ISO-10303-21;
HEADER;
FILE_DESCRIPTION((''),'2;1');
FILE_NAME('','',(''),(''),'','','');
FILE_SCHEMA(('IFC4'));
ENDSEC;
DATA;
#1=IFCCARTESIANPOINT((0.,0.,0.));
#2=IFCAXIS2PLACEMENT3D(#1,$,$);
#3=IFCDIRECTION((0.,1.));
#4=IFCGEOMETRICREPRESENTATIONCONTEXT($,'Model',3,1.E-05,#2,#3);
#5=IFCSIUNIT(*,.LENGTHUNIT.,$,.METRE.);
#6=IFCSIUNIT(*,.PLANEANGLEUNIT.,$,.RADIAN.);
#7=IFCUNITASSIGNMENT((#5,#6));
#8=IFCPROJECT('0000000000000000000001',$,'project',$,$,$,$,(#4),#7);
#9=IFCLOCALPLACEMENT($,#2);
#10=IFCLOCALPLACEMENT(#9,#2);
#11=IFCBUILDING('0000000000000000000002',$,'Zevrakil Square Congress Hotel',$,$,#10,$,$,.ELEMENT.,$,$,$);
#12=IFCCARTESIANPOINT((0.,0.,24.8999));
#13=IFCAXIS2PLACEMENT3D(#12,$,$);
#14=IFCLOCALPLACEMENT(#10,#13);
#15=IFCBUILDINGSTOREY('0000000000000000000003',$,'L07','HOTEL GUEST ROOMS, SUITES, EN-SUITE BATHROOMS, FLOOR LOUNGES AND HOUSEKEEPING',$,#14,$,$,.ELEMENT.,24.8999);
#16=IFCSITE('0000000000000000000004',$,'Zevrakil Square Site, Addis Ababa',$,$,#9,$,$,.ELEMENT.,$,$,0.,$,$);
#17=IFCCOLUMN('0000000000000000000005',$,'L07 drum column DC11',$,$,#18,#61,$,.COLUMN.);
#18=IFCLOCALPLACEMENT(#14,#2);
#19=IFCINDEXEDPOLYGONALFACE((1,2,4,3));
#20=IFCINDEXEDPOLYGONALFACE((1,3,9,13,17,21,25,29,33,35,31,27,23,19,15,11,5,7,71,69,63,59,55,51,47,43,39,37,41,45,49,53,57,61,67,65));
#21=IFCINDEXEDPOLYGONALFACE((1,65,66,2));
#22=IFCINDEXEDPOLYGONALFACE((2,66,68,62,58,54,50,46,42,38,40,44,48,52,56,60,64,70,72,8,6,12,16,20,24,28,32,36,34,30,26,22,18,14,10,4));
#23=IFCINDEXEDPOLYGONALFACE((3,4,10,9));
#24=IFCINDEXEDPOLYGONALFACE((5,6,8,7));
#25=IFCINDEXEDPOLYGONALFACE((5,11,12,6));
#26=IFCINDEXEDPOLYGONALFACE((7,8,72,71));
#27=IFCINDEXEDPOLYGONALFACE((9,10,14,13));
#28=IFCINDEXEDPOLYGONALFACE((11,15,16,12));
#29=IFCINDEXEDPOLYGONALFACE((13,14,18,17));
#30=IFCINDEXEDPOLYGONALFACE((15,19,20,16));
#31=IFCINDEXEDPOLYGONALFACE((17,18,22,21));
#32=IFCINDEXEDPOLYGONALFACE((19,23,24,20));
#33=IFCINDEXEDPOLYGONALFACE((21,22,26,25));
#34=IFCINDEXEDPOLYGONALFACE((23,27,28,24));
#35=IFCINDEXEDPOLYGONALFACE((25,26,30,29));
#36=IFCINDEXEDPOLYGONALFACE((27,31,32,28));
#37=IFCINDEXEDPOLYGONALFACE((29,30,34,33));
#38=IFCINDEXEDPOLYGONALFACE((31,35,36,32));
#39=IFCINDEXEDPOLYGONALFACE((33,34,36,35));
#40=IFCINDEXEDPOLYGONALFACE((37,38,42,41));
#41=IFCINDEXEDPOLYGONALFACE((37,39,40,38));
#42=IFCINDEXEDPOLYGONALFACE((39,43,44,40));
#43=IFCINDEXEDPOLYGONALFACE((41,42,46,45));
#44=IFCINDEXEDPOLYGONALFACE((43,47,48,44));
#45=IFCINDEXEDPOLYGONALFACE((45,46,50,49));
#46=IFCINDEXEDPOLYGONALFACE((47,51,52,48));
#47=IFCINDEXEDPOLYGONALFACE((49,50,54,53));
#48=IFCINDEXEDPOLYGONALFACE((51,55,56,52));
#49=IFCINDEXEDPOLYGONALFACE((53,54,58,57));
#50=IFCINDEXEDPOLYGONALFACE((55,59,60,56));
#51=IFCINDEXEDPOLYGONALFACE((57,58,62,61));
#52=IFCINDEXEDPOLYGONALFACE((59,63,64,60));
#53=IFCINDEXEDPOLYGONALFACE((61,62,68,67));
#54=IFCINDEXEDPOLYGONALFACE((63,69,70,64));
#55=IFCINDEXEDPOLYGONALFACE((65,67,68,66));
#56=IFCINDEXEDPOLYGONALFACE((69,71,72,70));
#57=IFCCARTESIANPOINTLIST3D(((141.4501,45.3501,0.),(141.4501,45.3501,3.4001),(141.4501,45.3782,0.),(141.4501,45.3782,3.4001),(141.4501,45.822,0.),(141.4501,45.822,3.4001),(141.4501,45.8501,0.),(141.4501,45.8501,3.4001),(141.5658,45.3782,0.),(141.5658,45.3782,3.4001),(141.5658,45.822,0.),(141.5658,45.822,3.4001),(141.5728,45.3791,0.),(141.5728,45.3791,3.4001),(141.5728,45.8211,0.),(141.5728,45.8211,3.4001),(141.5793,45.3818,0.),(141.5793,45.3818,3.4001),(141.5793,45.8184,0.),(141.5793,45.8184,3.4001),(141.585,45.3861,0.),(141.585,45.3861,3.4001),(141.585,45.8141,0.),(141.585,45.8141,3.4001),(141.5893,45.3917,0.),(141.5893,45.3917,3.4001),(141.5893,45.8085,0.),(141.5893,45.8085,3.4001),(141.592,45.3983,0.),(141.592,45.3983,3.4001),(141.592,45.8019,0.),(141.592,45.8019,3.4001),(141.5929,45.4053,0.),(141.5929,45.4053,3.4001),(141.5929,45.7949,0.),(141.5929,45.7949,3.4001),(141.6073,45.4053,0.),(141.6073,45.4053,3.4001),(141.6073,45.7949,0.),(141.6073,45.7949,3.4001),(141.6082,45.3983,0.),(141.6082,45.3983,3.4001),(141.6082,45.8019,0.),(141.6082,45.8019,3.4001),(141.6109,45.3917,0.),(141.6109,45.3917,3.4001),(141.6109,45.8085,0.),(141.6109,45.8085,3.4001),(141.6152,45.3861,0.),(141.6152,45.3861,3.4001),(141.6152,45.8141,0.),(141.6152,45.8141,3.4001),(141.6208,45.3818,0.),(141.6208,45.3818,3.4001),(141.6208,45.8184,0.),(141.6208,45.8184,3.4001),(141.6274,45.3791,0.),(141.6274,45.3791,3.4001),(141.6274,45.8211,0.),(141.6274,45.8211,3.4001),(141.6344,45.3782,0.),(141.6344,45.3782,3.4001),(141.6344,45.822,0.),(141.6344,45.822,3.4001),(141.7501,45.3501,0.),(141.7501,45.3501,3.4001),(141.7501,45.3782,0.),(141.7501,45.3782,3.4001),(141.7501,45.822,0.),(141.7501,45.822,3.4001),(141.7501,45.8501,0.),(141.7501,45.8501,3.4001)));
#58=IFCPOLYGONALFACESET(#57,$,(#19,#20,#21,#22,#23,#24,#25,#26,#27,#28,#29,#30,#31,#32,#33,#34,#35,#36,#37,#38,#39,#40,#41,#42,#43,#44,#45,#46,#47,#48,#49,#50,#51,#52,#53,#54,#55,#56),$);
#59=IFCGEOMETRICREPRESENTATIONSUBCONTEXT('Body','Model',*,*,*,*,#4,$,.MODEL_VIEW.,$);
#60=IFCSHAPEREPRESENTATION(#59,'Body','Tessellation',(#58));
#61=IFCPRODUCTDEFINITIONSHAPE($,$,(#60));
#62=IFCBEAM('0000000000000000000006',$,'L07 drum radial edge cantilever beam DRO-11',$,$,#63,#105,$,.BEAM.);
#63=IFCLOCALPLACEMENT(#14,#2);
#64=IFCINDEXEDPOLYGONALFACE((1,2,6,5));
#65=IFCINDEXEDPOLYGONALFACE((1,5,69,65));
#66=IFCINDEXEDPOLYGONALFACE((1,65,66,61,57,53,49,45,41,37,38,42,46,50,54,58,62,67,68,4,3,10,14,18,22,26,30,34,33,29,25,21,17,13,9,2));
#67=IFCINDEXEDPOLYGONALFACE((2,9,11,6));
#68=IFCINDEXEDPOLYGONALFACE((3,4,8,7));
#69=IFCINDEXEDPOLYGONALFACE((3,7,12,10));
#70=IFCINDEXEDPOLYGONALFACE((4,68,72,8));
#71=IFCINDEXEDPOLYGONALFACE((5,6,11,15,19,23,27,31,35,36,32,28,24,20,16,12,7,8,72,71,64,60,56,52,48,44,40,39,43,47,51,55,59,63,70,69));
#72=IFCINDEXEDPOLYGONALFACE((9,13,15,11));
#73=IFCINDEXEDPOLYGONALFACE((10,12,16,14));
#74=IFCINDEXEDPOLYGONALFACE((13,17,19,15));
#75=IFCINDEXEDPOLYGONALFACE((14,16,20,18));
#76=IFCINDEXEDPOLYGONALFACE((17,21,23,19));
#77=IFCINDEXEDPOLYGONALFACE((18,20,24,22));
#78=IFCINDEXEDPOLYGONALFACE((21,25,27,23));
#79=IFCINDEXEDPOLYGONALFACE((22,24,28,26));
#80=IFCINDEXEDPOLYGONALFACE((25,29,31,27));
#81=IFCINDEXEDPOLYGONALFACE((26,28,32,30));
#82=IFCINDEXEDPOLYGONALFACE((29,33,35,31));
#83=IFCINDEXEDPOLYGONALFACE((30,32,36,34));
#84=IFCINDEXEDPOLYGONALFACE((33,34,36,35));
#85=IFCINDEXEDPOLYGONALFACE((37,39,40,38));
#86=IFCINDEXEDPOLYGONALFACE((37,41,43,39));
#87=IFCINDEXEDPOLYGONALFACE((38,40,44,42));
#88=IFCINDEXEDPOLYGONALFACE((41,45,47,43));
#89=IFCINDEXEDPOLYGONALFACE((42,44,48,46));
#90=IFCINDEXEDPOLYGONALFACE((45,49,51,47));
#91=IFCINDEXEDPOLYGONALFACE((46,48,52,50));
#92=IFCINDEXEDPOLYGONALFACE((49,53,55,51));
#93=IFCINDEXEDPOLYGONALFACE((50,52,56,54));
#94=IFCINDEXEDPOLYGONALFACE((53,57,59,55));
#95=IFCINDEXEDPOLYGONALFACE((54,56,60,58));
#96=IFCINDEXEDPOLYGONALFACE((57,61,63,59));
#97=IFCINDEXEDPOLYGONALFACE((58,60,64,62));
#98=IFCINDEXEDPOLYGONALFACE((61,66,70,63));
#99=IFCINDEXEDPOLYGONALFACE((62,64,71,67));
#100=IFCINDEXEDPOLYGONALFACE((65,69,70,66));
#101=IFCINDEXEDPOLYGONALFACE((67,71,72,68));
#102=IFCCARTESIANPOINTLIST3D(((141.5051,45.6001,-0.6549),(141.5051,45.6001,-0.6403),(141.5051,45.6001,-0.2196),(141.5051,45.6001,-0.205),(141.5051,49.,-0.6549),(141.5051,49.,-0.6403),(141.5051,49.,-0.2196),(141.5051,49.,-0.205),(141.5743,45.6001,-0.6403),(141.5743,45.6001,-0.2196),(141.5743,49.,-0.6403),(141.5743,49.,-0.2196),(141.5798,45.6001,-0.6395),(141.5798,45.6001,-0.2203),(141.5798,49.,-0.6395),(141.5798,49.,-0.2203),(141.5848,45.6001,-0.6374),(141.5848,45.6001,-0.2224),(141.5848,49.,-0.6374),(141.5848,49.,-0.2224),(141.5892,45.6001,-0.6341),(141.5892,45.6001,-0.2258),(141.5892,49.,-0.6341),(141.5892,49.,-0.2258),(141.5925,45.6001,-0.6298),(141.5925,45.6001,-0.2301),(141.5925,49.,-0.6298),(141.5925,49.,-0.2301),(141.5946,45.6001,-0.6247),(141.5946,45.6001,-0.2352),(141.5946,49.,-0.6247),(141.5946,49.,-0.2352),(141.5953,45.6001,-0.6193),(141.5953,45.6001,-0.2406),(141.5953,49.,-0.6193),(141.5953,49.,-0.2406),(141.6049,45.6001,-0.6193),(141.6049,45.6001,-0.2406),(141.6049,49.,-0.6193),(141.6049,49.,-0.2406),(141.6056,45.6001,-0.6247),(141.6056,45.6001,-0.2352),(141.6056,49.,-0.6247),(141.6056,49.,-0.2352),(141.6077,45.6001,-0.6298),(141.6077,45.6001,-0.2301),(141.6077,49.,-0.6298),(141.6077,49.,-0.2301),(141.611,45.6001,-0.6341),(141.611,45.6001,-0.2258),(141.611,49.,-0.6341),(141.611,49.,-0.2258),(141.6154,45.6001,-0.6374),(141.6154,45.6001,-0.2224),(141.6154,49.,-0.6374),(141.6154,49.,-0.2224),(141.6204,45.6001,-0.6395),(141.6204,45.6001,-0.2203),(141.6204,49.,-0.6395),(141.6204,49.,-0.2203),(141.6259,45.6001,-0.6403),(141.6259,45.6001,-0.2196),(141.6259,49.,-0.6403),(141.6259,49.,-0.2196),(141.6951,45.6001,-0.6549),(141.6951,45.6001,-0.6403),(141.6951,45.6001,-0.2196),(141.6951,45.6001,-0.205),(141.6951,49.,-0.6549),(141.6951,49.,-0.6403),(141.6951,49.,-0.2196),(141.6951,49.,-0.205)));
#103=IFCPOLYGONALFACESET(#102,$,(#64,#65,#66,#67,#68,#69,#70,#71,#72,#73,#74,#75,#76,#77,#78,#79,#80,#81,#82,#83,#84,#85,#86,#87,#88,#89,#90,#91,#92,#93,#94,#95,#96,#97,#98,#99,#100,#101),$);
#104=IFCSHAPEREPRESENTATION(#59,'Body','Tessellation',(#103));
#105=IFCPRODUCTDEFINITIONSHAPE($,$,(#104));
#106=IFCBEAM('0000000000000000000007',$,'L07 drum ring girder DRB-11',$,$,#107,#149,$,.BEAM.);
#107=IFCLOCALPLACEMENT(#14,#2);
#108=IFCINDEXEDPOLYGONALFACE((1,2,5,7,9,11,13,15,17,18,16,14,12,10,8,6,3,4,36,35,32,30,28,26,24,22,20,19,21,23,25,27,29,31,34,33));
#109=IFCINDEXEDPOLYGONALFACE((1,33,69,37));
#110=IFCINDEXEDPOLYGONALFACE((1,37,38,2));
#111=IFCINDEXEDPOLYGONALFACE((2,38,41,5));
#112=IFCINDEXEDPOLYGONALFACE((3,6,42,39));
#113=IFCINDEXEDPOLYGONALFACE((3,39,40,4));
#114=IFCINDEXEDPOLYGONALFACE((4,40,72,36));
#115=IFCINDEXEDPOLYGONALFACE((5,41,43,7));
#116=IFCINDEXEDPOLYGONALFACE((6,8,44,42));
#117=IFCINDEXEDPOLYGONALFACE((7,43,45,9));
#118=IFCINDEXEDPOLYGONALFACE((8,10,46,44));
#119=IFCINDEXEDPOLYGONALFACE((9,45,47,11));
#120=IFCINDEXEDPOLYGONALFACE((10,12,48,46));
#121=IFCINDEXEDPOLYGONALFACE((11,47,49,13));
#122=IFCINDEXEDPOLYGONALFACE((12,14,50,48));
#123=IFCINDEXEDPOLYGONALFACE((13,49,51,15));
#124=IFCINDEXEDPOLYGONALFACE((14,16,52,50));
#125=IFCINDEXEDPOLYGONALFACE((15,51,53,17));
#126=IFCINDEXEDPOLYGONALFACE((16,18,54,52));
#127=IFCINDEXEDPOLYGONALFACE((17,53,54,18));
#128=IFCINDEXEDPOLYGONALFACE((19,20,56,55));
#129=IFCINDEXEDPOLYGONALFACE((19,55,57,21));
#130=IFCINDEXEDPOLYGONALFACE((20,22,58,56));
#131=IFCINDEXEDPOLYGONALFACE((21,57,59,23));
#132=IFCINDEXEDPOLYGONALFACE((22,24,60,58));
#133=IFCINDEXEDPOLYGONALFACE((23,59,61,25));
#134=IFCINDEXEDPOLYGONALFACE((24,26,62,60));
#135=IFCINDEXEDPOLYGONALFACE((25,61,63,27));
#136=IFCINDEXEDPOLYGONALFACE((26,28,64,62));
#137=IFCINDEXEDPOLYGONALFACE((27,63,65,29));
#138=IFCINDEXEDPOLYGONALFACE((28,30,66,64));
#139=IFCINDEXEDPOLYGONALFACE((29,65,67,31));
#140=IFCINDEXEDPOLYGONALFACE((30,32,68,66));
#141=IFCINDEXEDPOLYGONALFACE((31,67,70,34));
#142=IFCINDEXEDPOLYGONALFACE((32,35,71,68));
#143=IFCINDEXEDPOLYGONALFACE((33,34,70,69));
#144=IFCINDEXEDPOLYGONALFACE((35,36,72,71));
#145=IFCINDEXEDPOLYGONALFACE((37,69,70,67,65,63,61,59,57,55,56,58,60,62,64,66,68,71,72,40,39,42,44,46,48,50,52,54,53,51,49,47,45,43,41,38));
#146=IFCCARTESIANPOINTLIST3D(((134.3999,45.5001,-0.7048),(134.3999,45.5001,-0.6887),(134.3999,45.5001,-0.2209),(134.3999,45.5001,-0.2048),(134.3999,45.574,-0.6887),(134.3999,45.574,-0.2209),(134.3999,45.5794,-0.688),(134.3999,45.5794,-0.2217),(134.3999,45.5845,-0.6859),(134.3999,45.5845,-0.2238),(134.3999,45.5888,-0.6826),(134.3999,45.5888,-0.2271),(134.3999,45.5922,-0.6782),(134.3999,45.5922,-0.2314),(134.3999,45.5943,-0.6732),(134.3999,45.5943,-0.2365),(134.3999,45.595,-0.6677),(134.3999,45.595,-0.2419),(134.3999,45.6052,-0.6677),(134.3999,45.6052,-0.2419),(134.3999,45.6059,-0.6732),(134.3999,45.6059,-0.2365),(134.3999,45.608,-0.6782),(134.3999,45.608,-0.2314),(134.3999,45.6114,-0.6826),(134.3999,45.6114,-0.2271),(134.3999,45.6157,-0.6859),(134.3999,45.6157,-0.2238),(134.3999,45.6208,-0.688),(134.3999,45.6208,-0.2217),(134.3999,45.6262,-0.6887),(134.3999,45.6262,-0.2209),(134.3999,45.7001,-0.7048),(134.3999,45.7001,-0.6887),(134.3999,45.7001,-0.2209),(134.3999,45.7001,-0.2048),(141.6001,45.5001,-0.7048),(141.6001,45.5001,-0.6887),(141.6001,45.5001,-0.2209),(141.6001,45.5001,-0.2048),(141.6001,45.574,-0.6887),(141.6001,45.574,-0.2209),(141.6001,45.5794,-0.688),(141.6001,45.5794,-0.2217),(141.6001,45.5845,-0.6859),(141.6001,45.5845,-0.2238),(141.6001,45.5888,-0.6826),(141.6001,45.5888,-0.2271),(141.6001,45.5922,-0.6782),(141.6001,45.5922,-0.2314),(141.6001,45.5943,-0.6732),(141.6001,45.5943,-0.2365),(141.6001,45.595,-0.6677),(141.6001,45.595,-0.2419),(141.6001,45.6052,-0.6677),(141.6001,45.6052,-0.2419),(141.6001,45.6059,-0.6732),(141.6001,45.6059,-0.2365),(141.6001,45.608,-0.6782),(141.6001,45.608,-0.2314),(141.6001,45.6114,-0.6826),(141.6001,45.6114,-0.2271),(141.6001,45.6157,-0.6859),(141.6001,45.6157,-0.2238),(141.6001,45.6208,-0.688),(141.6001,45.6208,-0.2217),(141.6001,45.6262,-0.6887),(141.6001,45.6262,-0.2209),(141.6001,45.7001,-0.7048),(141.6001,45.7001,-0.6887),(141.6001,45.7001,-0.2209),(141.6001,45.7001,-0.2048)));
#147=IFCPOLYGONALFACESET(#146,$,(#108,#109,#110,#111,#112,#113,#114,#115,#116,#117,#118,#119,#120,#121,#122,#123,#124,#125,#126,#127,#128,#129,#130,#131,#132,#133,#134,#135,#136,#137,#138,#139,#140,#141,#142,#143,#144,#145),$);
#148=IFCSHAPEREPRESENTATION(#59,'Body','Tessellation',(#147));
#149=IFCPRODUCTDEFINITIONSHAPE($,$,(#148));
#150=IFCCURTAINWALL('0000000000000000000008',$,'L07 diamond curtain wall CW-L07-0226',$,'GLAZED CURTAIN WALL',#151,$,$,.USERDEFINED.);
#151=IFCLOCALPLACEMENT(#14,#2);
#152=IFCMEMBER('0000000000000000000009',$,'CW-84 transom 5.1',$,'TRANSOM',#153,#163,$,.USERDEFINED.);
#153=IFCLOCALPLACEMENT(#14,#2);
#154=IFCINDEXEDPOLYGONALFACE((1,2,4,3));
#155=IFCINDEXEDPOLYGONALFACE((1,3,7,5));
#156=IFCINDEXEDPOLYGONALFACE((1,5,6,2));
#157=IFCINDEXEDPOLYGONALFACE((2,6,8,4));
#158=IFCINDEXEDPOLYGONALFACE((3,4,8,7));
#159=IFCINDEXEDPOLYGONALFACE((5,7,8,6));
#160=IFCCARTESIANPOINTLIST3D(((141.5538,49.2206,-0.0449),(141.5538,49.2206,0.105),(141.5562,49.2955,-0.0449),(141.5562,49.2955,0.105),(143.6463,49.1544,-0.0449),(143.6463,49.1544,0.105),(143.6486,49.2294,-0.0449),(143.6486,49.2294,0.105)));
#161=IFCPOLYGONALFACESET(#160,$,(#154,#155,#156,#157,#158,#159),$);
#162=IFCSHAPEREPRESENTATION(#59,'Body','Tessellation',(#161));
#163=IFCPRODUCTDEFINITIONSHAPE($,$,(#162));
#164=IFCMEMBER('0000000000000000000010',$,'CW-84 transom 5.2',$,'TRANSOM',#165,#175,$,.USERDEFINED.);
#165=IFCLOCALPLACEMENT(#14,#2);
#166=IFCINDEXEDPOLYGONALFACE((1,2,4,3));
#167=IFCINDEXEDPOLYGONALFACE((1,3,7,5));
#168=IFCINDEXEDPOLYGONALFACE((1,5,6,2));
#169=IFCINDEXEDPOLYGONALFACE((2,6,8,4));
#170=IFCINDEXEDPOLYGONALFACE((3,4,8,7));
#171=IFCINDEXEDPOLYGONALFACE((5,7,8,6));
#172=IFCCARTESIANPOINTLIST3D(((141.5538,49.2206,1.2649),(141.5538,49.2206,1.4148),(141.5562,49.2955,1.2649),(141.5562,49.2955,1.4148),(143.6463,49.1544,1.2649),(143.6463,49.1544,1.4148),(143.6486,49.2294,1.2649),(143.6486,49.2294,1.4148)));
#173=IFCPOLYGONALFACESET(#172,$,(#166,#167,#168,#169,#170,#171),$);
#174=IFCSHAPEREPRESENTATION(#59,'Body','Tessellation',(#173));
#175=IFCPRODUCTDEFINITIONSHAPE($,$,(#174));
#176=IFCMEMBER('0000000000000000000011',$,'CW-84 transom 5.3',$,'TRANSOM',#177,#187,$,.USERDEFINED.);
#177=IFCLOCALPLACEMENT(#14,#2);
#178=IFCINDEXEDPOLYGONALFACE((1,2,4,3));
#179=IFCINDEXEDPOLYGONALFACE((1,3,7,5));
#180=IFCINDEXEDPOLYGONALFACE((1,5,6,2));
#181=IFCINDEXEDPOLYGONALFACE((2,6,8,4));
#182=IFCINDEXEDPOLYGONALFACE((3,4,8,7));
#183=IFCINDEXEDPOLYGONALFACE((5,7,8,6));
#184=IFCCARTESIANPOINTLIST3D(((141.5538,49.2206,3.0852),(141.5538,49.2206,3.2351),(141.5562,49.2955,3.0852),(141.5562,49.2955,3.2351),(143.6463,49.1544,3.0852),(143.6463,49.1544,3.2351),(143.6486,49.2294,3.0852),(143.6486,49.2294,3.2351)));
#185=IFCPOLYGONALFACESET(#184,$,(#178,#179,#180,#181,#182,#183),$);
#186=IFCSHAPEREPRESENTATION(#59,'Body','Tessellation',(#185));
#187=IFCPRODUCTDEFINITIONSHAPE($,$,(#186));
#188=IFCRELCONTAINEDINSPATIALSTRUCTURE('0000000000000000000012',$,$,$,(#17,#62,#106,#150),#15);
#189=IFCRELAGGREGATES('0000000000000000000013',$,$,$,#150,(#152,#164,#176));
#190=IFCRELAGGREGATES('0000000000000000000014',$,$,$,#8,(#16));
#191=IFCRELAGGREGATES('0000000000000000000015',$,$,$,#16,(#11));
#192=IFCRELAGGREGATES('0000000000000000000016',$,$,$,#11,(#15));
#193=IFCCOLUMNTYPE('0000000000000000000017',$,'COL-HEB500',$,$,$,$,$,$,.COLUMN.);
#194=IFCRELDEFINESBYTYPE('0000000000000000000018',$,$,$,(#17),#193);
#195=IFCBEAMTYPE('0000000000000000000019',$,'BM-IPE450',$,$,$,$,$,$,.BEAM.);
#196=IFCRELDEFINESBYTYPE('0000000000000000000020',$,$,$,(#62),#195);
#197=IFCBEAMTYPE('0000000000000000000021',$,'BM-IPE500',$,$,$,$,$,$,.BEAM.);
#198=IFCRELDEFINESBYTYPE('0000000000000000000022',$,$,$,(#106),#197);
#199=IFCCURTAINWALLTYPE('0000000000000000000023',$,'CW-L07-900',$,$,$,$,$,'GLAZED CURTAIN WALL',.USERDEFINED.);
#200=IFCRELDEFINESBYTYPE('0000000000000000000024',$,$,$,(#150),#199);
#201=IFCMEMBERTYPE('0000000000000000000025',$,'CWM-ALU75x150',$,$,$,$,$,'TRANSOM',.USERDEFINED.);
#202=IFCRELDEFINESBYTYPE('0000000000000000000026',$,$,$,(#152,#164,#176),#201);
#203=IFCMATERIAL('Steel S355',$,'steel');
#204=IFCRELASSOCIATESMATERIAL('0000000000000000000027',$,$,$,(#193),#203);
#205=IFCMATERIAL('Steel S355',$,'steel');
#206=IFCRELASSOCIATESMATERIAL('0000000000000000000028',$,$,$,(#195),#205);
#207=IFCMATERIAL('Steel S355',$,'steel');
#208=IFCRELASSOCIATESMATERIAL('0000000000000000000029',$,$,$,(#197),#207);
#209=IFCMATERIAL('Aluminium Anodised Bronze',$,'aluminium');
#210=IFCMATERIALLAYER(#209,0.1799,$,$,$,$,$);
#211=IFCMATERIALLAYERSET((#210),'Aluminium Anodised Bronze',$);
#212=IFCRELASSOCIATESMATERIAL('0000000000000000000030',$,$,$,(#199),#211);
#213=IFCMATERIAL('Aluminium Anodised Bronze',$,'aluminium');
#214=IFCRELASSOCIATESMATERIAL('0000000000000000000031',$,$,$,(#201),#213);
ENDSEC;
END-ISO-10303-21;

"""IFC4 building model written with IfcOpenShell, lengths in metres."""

from ifc_helpers import new_model, si_unit, direction, frame, origin, origin_2d, place, context, subcontext, project, spatial, rectangle, i_section, extrude, material, layer, layer_set, material_profile, profile_set, type_object, element, aggregate, save


model = new_model("IFC4")

# Units and contexts
model_context = context("Model", 3, precision=1e-05, world=origin(), true_north=direction((0.0, 1.0)))
body_context = subcontext(model_context, "Body", "Model", "MODEL_VIEW")
ifc_project = project(units=[si_unit("LENGTHUNIT", "METRE"), si_unit("PLANEANGLEUNIT", "RADIAN")], contexts=[model_context])

# Site, building, storey
site_placement = place(None, origin())
site = spatial("IfcSite", under=ifc_project, at=site_placement, Name="Zevrakil Square Site, Addis Ababa", CompositionType="ELEMENT", RefElevation=0.0)
building_placement = place(site_placement, origin())
building = spatial("IfcBuilding", under=site, at=building_placement, Name="Zevrakil Square Congress Hotel", CompositionType="ELEMENT")
storey_placement = place(building_placement, frame((0.0, 0.0, 24.8999)))
storey = spatial("IfcBuildingStorey", under=building, at=storey_placement, Name="L07", Description="HOTEL GUEST ROOMS, SUITES, EN-SUITE BATHROOMS, FLOOR LOUNGES AND HOUSEKEEPING", CompositionType="ELEMENT", Elevation=24.8999)

# Column
ifc_material_1 = material(Name="Steel S355", Category="steel")
ifc_material_profile_1 = material_profile(ifc_material_1, i_section(OverallWidth=0.3, OverallDepth=0.5, WebThickness=0.0144, FlangeThickness=0.0281, FilletRadius=0.0271, at=origin_2d()), Name="HEB 500")
ifc_profile_set_1 = profile_set([ifc_material_profile_1], Name="Steel S355")
column_type = type_object("IfcColumnType", Name="COL-HEB500", PredefinedType="COLUMN", material=ifc_profile_set_1)
column_placement = place(storey_placement, frame((141.6001, 45.6001, 0.0), z_axis=(0.0, 0.0, 1.0), x_axis=(1.0, 0.0, 0.0)))
element("IfcColumn", 1, at=column_placement, inside=storey, type_object=column_type, Name="L07 drum column DC11", PredefinedType="COLUMN", context=body_context, shape_type="SweptSolid", body=[
    extrude(i_section(OverallWidth=0.3, OverallDepth=0.5, WebThickness=0.0144, FlangeThickness=0.0281, FilletRadius=0.0271, at=origin_2d()), origin(), (0.0, 0.0, 1.0), 3.4001),
])

# Beams
ifc_material_2 = material(Name="Steel S355", Category="steel")
ifc_material_profile_2 = material_profile(ifc_material_2, i_section(OverallWidth=0.1899, OverallDepth=0.45, WebThickness=0.0095, FlangeThickness=0.0146, FilletRadius=0.021, at=origin_2d()), Name="IPE 450")
ifc_profile_set_2 = profile_set([ifc_material_profile_2], Name="Steel S355")
beam_type_1 = type_object("IfcBeamType", Name="BM-IPE450", PredefinedType="BEAM", material=ifc_profile_set_2)
beam_1_placement = place(storey_placement, frame((141.6001, 45.6001, -0.4299), z_axis=(0.0, 1.0, 0.0), x_axis=(-1.0, 0.0, 0.0)))
element("IfcBeam", 2, at=beam_1_placement, inside=storey, type_object=beam_type_1, Name="L07 drum radial edge cantilever beam DRO-11", PredefinedType="BEAM", context=body_context, shape_type="SweptSolid", body=[
    extrude(i_section(OverallWidth=0.1899, OverallDepth=0.45, WebThickness=0.0095, FlangeThickness=0.0146, FilletRadius=0.021, at=origin_2d()), origin(), (0.0, 0.0, 1.0), 3.3999),
])
ifc_material_3 = material(Name="Steel S355", Category="steel")
ifc_material_profile_3 = material_profile(ifc_material_3, i_section(OverallWidth=0.2, OverallDepth=0.5, WebThickness=0.0103, FlangeThickness=0.0161, FilletRadius=0.021, at=origin_2d()), Name="IPE 500")
ifc_profile_set_3 = profile_set([ifc_material_profile_3], Name="Steel S355")
beam_type_2 = type_object("IfcBeamType", Name="BM-IPE500", PredefinedType="BEAM", material=ifc_profile_set_3)
beam_2_placement = place(storey_placement, frame((141.6001, 45.6001, -0.4548), z_axis=(-1.0, 0.0, 0.0), x_axis=(0.0, -1.0, 0.0)))
element("IfcBeam", 3, at=beam_2_placement, inside=storey, type_object=beam_type_2, Name="L07 drum ring girder DRB-11", PredefinedType="BEAM", context=body_context, shape_type="SweptSolid", body=[
    extrude(i_section(OverallWidth=0.2, OverallDepth=0.5, WebThickness=0.0103, FlangeThickness=0.0161, FilletRadius=0.021, at=origin_2d()), origin(), (0.0, 0.0, 1.0), 7.2002),
])

# Curtain wall, members
ifc_material_4 = material(Name="Aluminium Anodised Bronze", Category="aluminium")
ifc_layer_1 = layer(ifc_material_4, 0.1799)
ifc_layer_set_1 = layer_set([ifc_layer_1], Name="Aluminium Anodised Bronze")
curtain_wall_type_1 = type_object("IfcCurtainWallType", Name="CW-L07-900", ElementType="GLAZED CURTAIN WALL", PredefinedType="USERDEFINED", material=ifc_layer_set_1)
curtain_wall_1_placement = place(storey_placement, origin())
curtain_wall_1 = element("IfcCurtainWall", 4, at=curtain_wall_1_placement, inside=storey, type_object=curtain_wall_type_1, Name="L07 diamond curtain wall CW-L07-0226", ObjectType="GLAZED CURTAIN WALL", PredefinedType="USERDEFINED")
ifc_material_5 = material(Name="Aluminium Anodised Bronze", Category="aluminium")
ifc_material_profile_4 = material_profile(ifc_material_5, rectangle(XDim=0.075, YDim=0.1499, at=origin_2d()), Name="ALU 75x150")
ifc_profile_set_4 = profile_set([ifc_material_profile_4], Name="Aluminium Anodised Bronze")
member_type_1 = type_object("IfcMemberType", Name="CWM-ALU75x150", ElementType="TRANSOM", PredefinedType="USERDEFINED", material=ifc_profile_set_4)
member_1_placement = place(storey_placement, frame((143.6475, 49.1919, 0.03), z_axis=(-0.999501, 0.031602, 0.0), x_axis=(-0.031602, -0.999501, 0.0)))
member_1 = element("IfcMember", 5, at=member_1_placement, type_object=member_type_1, Name="CW-84 transom 5.1", ObjectType="TRANSOM", PredefinedType="USERDEFINED", context=body_context, shape_type="SweptSolid", body=[
    extrude(rectangle(XDim=0.075, YDim=0.1499, at=origin_2d()), origin(), (0.0, 0.0, 1.0), 2.0935),
])
member_2_placement = place(storey_placement, frame((143.6475, 49.1919, 1.3398), z_axis=(-0.999501, 0.031602, 0.0), x_axis=(-0.031602, -0.999501, 0.0)))
member_2 = element("IfcMember", 6, at=member_2_placement, type_object=member_type_1, Name="CW-84 transom 5.2", ObjectType="TRANSOM", PredefinedType="USERDEFINED", context=body_context, shape_type="SweptSolid", body=[
    extrude(rectangle(XDim=0.075, YDim=0.1499, at=origin_2d()), origin(), (0.0, 0.0, 1.0), 2.0935),
])
member_3_placement = place(storey_placement, frame((143.6475, 49.1919, 3.1602), z_axis=(-0.999501, 0.031602, 0.0), x_axis=(-0.031602, -0.999501, 0.0)))
member_3 = element("IfcMember", 7, at=member_3_placement, type_object=member_type_1, Name="CW-84 transom 5.3", ObjectType="TRANSOM", PredefinedType="USERDEFINED", context=body_context, shape_type="SweptSolid", body=[
    extrude(rectangle(XDim=0.075, YDim=0.1499, at=origin_2d()), origin(), (0.0, 0.0, 1.0), 2.0935),
])

aggregate(curtain_wall_1, [member_1, member_2, member_3])

save(model, "model.ifc")
